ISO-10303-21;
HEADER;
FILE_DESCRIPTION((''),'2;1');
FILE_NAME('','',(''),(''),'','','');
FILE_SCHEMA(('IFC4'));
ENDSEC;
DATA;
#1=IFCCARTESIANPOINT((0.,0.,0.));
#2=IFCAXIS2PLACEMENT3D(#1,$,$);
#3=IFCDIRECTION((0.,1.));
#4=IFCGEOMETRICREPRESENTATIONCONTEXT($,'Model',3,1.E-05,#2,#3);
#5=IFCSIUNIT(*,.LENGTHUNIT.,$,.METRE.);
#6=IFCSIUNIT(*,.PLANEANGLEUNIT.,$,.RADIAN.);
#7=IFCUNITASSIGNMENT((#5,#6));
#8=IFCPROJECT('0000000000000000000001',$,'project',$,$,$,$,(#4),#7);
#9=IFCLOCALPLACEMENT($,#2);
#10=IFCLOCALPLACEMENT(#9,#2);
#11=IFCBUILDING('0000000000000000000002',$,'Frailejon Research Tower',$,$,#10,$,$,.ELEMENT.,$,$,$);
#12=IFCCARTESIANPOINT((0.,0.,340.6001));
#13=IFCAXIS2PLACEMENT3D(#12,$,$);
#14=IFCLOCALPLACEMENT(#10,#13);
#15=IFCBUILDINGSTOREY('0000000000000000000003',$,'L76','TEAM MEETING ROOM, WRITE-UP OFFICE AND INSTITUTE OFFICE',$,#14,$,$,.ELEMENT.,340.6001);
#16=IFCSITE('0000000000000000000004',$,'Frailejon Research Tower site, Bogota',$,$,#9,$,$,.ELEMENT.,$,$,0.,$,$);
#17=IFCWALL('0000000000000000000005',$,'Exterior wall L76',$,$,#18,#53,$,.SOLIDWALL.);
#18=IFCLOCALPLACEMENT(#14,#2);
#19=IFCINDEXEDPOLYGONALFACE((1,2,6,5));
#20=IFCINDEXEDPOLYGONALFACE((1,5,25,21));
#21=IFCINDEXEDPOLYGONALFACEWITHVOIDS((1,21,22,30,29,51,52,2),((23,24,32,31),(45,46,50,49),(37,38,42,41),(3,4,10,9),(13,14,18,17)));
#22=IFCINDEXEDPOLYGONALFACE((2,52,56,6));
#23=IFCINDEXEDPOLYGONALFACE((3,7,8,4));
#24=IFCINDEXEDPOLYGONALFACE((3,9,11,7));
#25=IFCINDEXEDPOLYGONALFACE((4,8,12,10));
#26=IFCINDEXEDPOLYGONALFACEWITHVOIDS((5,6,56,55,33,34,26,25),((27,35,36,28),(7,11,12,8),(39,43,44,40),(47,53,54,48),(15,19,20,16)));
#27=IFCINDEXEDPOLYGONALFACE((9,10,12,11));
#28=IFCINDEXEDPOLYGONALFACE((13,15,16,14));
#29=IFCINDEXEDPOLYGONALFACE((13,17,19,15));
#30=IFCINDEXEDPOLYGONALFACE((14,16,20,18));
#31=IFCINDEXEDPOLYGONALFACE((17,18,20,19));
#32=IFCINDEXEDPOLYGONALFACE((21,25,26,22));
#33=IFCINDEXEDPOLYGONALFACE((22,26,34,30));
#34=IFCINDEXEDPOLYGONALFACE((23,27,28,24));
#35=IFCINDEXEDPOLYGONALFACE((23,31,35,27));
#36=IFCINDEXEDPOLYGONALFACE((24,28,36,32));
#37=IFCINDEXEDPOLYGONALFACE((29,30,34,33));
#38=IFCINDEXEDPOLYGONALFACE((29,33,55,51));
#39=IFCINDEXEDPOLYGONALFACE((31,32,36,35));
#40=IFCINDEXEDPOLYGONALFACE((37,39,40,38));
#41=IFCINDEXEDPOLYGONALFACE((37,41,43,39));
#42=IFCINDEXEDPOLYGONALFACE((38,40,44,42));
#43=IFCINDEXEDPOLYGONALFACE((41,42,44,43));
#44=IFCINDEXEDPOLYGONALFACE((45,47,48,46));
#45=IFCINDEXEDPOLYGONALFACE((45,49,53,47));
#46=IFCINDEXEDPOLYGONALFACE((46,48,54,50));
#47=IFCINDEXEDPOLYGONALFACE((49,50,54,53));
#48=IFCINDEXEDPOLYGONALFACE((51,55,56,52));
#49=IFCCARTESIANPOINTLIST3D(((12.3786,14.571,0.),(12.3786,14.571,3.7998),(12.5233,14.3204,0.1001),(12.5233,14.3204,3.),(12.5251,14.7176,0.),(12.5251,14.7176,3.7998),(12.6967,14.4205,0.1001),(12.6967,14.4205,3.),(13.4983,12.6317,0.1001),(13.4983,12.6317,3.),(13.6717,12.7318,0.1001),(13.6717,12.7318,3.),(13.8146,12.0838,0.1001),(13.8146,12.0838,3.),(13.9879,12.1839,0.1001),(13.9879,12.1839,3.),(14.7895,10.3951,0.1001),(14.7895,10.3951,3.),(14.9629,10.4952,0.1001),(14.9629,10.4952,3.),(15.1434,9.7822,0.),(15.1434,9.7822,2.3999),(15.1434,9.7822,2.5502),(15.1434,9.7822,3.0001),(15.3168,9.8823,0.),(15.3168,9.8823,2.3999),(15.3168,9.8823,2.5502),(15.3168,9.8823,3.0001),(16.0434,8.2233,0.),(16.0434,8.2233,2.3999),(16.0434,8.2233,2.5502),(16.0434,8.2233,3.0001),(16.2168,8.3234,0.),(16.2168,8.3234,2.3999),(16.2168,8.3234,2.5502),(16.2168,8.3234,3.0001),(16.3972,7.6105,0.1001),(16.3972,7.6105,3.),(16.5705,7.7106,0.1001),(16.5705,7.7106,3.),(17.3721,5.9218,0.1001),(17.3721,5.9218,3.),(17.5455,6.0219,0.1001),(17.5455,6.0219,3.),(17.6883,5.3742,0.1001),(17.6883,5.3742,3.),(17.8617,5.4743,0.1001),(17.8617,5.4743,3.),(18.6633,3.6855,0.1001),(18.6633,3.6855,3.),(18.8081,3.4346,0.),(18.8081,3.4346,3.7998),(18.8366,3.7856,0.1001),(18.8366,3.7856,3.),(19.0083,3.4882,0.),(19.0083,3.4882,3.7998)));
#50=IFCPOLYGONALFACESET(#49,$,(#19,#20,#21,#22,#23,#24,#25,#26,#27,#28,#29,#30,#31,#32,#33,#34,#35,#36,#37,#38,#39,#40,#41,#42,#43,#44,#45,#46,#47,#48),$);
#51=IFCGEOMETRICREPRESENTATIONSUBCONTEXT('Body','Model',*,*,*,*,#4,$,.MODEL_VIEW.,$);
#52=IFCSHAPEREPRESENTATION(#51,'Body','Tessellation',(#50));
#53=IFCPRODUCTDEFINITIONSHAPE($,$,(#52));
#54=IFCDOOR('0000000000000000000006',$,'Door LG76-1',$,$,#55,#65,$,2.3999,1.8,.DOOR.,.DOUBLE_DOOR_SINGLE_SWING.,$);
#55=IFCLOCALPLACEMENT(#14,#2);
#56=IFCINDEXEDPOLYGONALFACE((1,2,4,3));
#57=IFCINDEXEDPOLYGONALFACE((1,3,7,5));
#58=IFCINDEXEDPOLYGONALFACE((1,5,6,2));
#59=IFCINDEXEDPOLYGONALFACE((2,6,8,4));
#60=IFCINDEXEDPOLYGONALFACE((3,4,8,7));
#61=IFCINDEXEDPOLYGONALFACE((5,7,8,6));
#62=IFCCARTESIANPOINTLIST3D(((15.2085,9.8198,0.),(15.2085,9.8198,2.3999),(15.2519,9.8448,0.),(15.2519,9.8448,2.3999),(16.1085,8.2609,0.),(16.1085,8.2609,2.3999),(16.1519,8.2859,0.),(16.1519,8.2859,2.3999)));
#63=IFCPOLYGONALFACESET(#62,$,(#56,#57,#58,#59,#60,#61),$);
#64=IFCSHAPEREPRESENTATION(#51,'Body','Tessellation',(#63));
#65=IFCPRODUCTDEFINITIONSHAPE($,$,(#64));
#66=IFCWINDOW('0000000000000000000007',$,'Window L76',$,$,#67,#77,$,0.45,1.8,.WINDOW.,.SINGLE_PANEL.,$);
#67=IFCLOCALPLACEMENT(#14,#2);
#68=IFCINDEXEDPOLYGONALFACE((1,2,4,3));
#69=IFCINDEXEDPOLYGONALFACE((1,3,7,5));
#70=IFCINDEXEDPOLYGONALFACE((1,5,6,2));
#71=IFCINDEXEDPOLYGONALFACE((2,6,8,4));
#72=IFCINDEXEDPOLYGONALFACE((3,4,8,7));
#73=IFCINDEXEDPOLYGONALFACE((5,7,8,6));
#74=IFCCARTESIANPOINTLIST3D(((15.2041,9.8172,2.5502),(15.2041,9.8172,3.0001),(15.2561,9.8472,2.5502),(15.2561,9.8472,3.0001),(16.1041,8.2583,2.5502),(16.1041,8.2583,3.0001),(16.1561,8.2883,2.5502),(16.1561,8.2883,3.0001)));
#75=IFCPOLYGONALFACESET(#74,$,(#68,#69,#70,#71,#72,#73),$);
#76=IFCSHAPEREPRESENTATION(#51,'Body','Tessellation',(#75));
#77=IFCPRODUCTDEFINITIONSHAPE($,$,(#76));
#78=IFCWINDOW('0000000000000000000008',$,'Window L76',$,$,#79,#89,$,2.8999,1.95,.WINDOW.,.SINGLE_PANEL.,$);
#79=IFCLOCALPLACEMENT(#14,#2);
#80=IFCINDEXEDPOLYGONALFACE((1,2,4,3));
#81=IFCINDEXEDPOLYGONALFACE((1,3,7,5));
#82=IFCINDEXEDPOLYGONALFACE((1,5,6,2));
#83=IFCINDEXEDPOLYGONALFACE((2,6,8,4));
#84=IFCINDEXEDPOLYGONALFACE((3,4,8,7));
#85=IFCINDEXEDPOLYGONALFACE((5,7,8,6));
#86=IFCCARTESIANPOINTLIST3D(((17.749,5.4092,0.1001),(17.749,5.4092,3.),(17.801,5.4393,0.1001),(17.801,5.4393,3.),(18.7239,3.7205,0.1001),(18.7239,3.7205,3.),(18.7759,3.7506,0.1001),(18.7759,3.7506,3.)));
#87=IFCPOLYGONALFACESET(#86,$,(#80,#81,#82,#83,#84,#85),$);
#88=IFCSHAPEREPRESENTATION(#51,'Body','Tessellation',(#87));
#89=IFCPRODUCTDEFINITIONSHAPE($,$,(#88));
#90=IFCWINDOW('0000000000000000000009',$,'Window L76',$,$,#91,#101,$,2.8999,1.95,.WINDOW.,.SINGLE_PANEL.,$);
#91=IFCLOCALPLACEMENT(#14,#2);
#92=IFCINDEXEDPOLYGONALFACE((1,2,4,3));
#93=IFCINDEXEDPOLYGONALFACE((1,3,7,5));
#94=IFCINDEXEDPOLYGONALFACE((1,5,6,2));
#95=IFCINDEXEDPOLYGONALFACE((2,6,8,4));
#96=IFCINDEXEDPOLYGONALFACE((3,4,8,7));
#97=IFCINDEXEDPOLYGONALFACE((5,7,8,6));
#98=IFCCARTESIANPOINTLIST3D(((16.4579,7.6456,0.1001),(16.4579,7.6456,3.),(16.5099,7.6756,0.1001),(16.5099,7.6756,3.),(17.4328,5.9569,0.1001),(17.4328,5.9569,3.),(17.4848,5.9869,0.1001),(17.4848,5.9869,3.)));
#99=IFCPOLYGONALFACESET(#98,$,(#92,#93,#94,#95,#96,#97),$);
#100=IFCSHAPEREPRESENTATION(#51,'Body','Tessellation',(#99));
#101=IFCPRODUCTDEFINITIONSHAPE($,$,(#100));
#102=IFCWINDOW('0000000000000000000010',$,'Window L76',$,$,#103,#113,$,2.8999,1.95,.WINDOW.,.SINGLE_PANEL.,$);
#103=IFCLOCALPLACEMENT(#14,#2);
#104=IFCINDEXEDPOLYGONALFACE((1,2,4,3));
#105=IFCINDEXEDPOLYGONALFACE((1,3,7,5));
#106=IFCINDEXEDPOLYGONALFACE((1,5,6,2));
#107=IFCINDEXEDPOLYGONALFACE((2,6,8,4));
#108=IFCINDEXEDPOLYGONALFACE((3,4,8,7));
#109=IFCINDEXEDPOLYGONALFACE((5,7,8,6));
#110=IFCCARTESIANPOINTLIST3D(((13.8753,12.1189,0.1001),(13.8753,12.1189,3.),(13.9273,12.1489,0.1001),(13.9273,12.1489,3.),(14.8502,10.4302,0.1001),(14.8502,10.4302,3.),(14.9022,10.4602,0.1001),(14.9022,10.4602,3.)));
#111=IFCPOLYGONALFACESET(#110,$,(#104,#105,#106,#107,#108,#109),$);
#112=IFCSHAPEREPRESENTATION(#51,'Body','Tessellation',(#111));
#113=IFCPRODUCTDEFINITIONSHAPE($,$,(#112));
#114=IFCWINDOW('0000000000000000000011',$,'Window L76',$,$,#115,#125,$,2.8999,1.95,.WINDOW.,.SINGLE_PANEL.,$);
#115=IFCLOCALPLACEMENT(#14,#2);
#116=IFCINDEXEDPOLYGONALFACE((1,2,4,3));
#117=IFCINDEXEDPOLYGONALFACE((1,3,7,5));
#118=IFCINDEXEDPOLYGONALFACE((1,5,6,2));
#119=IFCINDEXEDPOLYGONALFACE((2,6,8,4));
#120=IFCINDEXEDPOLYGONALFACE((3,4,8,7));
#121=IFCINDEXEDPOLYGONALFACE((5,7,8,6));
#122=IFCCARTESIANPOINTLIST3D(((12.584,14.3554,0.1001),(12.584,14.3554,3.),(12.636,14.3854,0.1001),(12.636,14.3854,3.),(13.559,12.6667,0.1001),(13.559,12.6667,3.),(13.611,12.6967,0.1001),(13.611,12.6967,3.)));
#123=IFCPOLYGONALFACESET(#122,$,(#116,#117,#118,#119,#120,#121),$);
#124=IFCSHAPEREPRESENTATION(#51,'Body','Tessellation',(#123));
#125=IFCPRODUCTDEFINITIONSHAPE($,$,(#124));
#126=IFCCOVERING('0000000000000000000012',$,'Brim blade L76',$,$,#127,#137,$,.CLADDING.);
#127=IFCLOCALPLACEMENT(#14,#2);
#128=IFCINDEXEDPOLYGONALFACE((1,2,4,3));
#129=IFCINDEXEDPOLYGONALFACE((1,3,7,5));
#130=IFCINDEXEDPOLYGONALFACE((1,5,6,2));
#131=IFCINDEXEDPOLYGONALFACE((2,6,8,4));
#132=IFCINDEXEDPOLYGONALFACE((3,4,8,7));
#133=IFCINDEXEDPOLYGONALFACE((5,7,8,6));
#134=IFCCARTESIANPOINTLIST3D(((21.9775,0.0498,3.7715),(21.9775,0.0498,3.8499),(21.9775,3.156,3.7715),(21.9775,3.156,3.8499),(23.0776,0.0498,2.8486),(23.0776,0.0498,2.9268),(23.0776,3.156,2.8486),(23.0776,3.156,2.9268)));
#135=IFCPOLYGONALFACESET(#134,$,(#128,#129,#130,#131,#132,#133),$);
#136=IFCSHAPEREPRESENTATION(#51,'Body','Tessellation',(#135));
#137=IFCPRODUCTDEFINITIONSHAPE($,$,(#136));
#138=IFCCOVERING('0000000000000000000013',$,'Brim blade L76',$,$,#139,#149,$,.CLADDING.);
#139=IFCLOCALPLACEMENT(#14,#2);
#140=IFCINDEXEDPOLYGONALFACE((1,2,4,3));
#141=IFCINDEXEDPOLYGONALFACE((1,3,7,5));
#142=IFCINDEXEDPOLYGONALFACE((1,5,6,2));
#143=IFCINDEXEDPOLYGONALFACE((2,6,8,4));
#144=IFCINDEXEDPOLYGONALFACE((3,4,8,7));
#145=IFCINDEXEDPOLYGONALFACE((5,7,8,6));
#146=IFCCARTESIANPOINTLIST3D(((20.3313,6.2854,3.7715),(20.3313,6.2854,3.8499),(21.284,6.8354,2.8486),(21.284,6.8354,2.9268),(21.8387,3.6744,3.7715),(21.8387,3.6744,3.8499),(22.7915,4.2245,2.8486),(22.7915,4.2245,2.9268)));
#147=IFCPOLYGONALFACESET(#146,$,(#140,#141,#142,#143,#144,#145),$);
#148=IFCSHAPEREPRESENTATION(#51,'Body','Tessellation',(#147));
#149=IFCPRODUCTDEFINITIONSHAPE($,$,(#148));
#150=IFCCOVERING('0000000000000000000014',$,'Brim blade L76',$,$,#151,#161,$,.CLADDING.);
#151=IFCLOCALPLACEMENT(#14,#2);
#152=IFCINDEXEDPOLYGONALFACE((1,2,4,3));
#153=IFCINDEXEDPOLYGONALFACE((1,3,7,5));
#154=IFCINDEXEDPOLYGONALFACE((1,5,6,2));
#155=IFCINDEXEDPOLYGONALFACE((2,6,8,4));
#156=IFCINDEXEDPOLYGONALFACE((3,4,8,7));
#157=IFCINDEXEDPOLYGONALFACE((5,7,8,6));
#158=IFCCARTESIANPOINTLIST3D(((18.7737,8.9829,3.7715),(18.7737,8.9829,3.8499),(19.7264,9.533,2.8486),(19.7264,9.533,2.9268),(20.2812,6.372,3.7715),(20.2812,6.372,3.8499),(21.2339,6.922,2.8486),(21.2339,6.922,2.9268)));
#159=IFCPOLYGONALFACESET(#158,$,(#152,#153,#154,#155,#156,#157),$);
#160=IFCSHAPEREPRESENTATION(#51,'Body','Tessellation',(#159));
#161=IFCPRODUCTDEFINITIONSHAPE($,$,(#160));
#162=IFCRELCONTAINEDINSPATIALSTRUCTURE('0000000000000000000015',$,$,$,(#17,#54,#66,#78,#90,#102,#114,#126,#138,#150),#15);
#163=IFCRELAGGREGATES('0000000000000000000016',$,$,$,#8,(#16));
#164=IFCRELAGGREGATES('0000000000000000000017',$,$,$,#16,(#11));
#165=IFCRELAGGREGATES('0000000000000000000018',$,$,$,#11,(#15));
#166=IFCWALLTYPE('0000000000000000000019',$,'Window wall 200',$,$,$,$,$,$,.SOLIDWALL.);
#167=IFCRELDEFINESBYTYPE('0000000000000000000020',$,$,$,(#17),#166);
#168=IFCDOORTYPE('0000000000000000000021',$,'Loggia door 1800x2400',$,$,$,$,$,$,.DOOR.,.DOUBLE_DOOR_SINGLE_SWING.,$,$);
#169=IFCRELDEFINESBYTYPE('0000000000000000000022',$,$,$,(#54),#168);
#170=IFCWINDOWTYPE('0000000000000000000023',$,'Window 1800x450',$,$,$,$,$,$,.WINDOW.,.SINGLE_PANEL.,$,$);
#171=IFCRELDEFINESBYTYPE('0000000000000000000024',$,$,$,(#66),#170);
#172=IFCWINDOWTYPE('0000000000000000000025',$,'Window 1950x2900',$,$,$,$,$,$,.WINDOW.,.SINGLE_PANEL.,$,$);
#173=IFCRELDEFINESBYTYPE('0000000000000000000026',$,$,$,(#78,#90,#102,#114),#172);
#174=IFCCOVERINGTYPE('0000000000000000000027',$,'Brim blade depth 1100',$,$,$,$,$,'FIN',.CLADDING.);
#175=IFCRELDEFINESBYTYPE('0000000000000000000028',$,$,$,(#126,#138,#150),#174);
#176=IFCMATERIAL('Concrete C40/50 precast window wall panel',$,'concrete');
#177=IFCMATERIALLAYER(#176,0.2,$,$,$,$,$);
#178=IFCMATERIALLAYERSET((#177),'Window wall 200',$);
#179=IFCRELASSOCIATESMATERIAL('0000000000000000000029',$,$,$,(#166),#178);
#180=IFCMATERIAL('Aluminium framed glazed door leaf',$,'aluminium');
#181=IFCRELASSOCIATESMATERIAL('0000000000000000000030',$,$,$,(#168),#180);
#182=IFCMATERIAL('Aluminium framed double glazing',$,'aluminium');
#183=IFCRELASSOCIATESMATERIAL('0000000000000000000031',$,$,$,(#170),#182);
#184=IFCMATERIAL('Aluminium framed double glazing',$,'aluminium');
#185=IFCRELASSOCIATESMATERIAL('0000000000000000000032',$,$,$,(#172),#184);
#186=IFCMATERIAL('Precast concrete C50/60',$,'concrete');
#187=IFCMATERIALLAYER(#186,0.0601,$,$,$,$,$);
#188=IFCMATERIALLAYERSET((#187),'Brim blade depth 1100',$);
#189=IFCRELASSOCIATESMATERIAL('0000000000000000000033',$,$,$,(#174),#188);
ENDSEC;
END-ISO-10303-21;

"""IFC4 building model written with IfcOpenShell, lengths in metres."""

from ifc_helpers import new_model, si_unit, direction, frame, frame_2d, origin, place, context, subcontext, project, spatial, polyline, rectangle, outline, extrude, material, layer, layer_set, type_object, element, fill, save


model = new_model("IFC4")

# Units and contexts
model_context = context("Model", 3, precision=1e-05, world=origin(), true_north=direction((0.0, 1.0)))
body_context = subcontext(model_context, "Body", "Model", "MODEL_VIEW")
ifc_project = project(units=[si_unit("LENGTHUNIT", "METRE"), si_unit("PLANEANGLEUNIT", "RADIAN")], contexts=[model_context])

# Site, building, storey
site_placement = place(None, origin())
site = spatial("IfcSite", under=ifc_project, at=site_placement, Name="Frailejon Research Tower site, Bogota", CompositionType="ELEMENT", RefElevation=0.0)
building_placement = place(site_placement, origin())
building = spatial("IfcBuilding", under=site, at=building_placement, Name="Frailejon Research Tower", CompositionType="ELEMENT")
storey_placement = place(building_placement, frame((0.0, 0.0, 340.6001)))
storey = spatial("IfcBuildingStorey", under=building, at=storey_placement, Name="L76", Description="TEAM MEETING ROOM, WRITE-UP OFFICE AND INSTITUTE OFFICE", CompositionType="ELEMENT", Elevation=340.6001)

# Wall, openings, door, windows
ifc_material_1 = material(Name="Concrete C40/50 precast window wall panel", Category="concrete")
ifc_layer_1 = layer(ifc_material_1, 0.2)
ifc_layer_set_1 = layer_set([ifc_layer_1], Name="Window wall 200")
wall_type = type_object("IfcWallType", Name="Window wall 200", PredefinedType="SOLIDWALL", material=ifc_layer_set_1)
wall_placement = place(storey_placement, frame((18.9082, 3.4614, 0.0), z_axis=(0.0, 0.0, 1.0), x_axis=(-0.499992, 0.86603, 0.0)))
wall = element("IfcWall", 1, at=wall_placement, inside=storey, type_object=wall_type, Name="Exterior wall L76", PredefinedType="SOLIDWALL", context=body_context, shape_type="SweptSolid", body=[
    extrude(outline(polyline([(-0.0269, -0.1001), (1.0537, -0.1001), (2.1343, -0.1001), (3.2148, -0.1001), (4.2954, -0.1001), (5.376, -0.1001), (6.4565, -0.1001), (7.5369, -0.1001), (8.6174, -0.1001), (9.698, -0.1001), (10.7786, -0.1001), (11.8591, -0.1001), (12.9397, -0.1001), (12.886, 0.1001), (11.8145, 0.1001), (10.7427, 0.1001), (9.6711, 0.1001), (8.5996, 0.1001), (7.5281, 0.1001), (6.4565, 0.1001), (5.3848, 0.1001), (4.3132, 0.1001), (3.2417, 0.1001), (2.1699, 0.1001), (1.0984, 0.1001), (0.0269, 0.1001), (-0.0269, -0.1001)])), origin(), (0.0, 0.0, 1.0), 3.7998),
])
opening_1_placement = place(wall_placement, frame((0.3164, 0.0, 0.1001)))
opening_1 = element("IfcOpeningElement", 2, at=opening_1_placement, cuts=wall, PredefinedType="OPENING", context=body_context, shape_type="SweptSolid", body=[
    extrude(rectangle(XDim=1.95, YDim=2.8999, at=frame_2d((0.9751, 1.45))), frame((0.0, 0.1099, 0.0), z_axis=(0.0, -1.0, 0.0), x_axis=(1.0, 0.0, 0.0)), (0.0, 0.0, 1.0), 0.22),
])
opening_2_placement = place(wall_placement, frame((2.8987, 0.0, 0.1001)))
opening_2 = element("IfcOpeningElement", 3, at=opening_2_placement, cuts=wall, PredefinedType="OPENING", context=body_context, shape_type="SweptSolid", body=[
    extrude(rectangle(XDim=1.95, YDim=2.8999, at=frame_2d((0.9751, 1.45))), frame((0.0, 0.1099, 0.0), z_axis=(0.0, -1.0, 0.0), x_axis=(1.0, 0.0, 0.0)), (0.0, 0.0, 1.0), 0.22),
])
opening_3_placement = place(wall_placement, frame((5.5564, 0.0, 0.0)))
opening_3 = element("IfcOpeningElement", 4, at=opening_3_placement, cuts=wall, PredefinedType="OPENING", context=body_context, shape_type="SweptSolid", body=[
    extrude(rectangle(XDim=1.8, YDim=2.3999, at=frame_2d((0.8999, 1.2))), frame((0.0, 0.1099, 0.0), z_axis=(0.0, -1.0, 0.0), x_axis=(1.0, 0.0, 0.0)), (0.0, 0.0, 1.0), 0.22),
])
opening_4_placement = place(wall_placement, frame((5.5564, 0.0, 2.55)))
opening_4 = element("IfcOpeningElement", 5, at=opening_4_placement, cuts=wall, PredefinedType="OPENING", context=body_context, shape_type="SweptSolid", body=[
    extrude(rectangle(XDim=1.8, YDim=0.45, at=frame_2d((0.8999, 0.2251))), frame((0.0, 0.1099, 0.0), z_axis=(0.0, -1.0, 0.0), x_axis=(1.0, 0.0, 0.0)), (0.0, 0.0, 1.0), 0.22),
])
opening_5_placement = place(wall_placement, frame((8.064, 0.0, 0.1001)))
opening_5 = element("IfcOpeningElement", 6, at=opening_5_placement, cuts=wall, PredefinedType="OPENING", context=body_context, shape_type="SweptSolid", body=[
    extrude(rectangle(XDim=1.95, YDim=2.8999, at=frame_2d((0.9751, 1.45))), frame((0.0, 0.1099, 0.0), z_axis=(0.0, -1.0, 0.0), x_axis=(1.0, 0.0, 0.0)), (0.0, 0.0, 1.0), 0.22),
])
opening_6_placement = place(wall_placement, frame((10.6465, 0.0, 0.1001)))
opening_6 = element("IfcOpeningElement", 7, at=opening_6_placement, cuts=wall, PredefinedType="OPENING", context=body_context, shape_type="SweptSolid", body=[
    extrude(rectangle(XDim=1.95, YDim=2.8999, at=frame_2d((0.9751, 1.45))), frame((0.0, 0.1099, 0.0), z_axis=(0.0, -1.0, 0.0), x_axis=(1.0, 0.0, 0.0)), (0.0, 0.0, 1.0), 0.22),
])
ifc_material_2 = material(Name="Aluminium framed glazed door leaf", Category="aluminium")
door_type = type_object("IfcDoorType", Name="Loggia door 1800x2400", OperationType="DOUBLE_DOOR_SINGLE_SWING", PredefinedType="DOOR", material=ifc_material_2)
door_placement = place(opening_3_placement, origin())
door = element("IfcDoor", 8, at=door_placement, inside=storey, type_object=door_type, Name="Door LG76-1", OperationType="DOUBLE_DOOR_SINGLE_SWING", OverallHeight=2.3999, OverallWidth=1.8, PredefinedType="DOOR", context=body_context, shape_type="SweptSolid", body=[
    extrude(rectangle(XDim=1.8, YDim=2.3999, at=frame_2d((0.8999, 1.2))), frame((0.0, 0.0249, 0.0), z_axis=(0.0, -1.0, 0.0), x_axis=(1.0, 0.0, 0.0)), (0.0, 0.0, 1.0), 0.05),
])
fill(opening_3, door)
ifc_material_3 = material(Name="Aluminium framed double glazing", Category="aluminium")
window_type_1 = type_object("IfcWindowType", Name="Window 1800x450", PartitioningType="SINGLE_PANEL", PredefinedType="WINDOW", material=ifc_material_3)
window_1_placement = place(opening_4_placement, origin())
window_1 = element("IfcWindow", 9, at=window_1_placement, inside=storey, type_object=window_type_1, Name="Window L76", OverallHeight=0.45, OverallWidth=1.8, PartitioningType="SINGLE_PANEL", PredefinedType="WINDOW", context=body_context, shape_type="SweptSolid", body=[
    extrude(rectangle(XDim=1.8, YDim=0.45, at=frame_2d((0.8999, 0.2251))), frame((0.0, 0.03, 0.0), z_axis=(0.0, -1.0, 0.0), x_axis=(1.0, 0.0, 0.0)), (0.0, 0.0, 1.0), 0.0601),
])
fill(opening_4, window_1)
ifc_material_4 = material(Name="Aluminium framed double glazing", Category="aluminium")
window_type_2 = type_object("IfcWindowType", Name="Window 1950x2900", PartitioningType="SINGLE_PANEL", PredefinedType="WINDOW", material=ifc_material_4)
window_2_placement = place(opening_1_placement, origin())
window_2 = element("IfcWindow", 10, at=window_2_placement, inside=storey, type_object=window_type_2, Name="Window L76", OverallHeight=2.8999, OverallWidth=1.95, PartitioningType="SINGLE_PANEL", PredefinedType="WINDOW", context=body_context, shape_type="SweptSolid", body=[
    extrude(rectangle(XDim=1.95, YDim=2.8999, at=frame_2d((0.9751, 1.45))), frame((0.0, 0.03, 0.0), z_axis=(0.0, -1.0, 0.0), x_axis=(1.0, 0.0, 0.0)), (0.0, 0.0, 1.0), 0.0601),
])
fill(opening_1, window_2)
window_3_placement = place(opening_2_placement, origin())
window_3 = element("IfcWindow", 11, at=window_3_placement, inside=storey, type_object=window_type_2, Name="Window L76", OverallHeight=2.8999, OverallWidth=1.95, PartitioningType="SINGLE_PANEL", PredefinedType="WINDOW", context=body_context, shape_type="SweptSolid", body=[
    extrude(rectangle(XDim=1.95, YDim=2.8999, at=frame_2d((0.9751, 1.45))), frame((0.0, 0.03, 0.0), z_axis=(0.0, -1.0, 0.0), x_axis=(1.0, 0.0, 0.0)), (0.0, 0.0, 1.0), 0.0601),
])
fill(opening_2, window_3)
window_4_placement = place(opening_5_placement, origin())
window_4 = element("IfcWindow", 12, at=window_4_placement, inside=storey, type_object=window_type_2, Name="Window L76", OverallHeight=2.8999, OverallWidth=1.95, PartitioningType="SINGLE_PANEL", PredefinedType="WINDOW", context=body_context, shape_type="SweptSolid", body=[
    extrude(rectangle(XDim=1.95, YDim=2.8999, at=frame_2d((0.9751, 1.45))), frame((0.0, 0.03, 0.0), z_axis=(0.0, -1.0, 0.0), x_axis=(1.0, 0.0, 0.0)), (0.0, 0.0, 1.0), 0.0601),
])
fill(opening_5, window_4)
window_5_placement = place(opening_6_placement, origin())
window_5 = element("IfcWindow", 13, at=window_5_placement, inside=storey, type_object=window_type_2, Name="Window L76", OverallHeight=2.8999, OverallWidth=1.95, PartitioningType="SINGLE_PANEL", PredefinedType="WINDOW", context=body_context, shape_type="SweptSolid", body=[
    extrude(rectangle(XDim=1.95, YDim=2.8999, at=frame_2d((0.9751, 1.45))), frame((0.0, 0.03, 0.0), z_axis=(0.0, -1.0, 0.0), x_axis=(1.0, 0.0, 0.0)), (0.0, 0.0, 1.0), 0.0601),
])
fill(opening_6, window_5)

# Coverings
ifc_material_5 = material(Name="Precast concrete C50/60", Category="concrete")
ifc_layer_2 = layer(ifc_material_5, 0.0601)
ifc_layer_set_2 = layer_set([ifc_layer_2], Name="Brim blade depth 1100")
covering_type = type_object("IfcCoveringType", Name="Brim blade depth 1100", ElementType="FIN", PredefinedType="CLADDING", material=ifc_layer_set_2)
covering_placement = place(storey_placement, frame((21.9775, 3.156, 3.8499), z_axis=(0.0, -1.0, 0.0), x_axis=(1.0, 0.0, 0.0)))
element("IfcCovering", 14, at=covering_placement, inside=storey, type_object=covering_type, Name="Brim blade L76", PredefinedType="CLADDING", context=body_context, shape_type="SweptSolid", body=[
    extrude(outline(polyline([(0.0, -0.0784), (1.1001, -1.0012), (1.1001, -0.9231), (0.0, 0.0), (0.0, -0.0784)])), origin(), (0.0, 0.0, 1.0), 3.1062),
])
for number, where, z_axis, x_axis, name in (
    (15, (20.3313, 6.2854, 3.8499), (0.499999, -0.866026, 0.0), (0.866026, 0.499999, 0.0), "Brim blade L76"),
    (16, (18.7737, 8.9829, 3.8499), (0.50001, -0.86602, 0.0), (0.86602, 0.50001, 0.0), "Brim blade L76"),
):
    element("IfcCovering", number, at=place(storey_placement, frame(where, z_axis=z_axis, x_axis=x_axis)), inside=storey, type_object=covering_type, Name=name, PredefinedType="CLADDING", context=body_context, shape_type="SweptSolid", body=[
        extrude(outline(polyline([(0.0, -0.0784), (1.1001, -1.0012), (1.1001, -0.9231), (0.0, 0.0), (0.0, -0.0784)])), origin(), (0.0, 0.0, 1.0), 3.0149),
    ])

save(model, "model.ifc")
